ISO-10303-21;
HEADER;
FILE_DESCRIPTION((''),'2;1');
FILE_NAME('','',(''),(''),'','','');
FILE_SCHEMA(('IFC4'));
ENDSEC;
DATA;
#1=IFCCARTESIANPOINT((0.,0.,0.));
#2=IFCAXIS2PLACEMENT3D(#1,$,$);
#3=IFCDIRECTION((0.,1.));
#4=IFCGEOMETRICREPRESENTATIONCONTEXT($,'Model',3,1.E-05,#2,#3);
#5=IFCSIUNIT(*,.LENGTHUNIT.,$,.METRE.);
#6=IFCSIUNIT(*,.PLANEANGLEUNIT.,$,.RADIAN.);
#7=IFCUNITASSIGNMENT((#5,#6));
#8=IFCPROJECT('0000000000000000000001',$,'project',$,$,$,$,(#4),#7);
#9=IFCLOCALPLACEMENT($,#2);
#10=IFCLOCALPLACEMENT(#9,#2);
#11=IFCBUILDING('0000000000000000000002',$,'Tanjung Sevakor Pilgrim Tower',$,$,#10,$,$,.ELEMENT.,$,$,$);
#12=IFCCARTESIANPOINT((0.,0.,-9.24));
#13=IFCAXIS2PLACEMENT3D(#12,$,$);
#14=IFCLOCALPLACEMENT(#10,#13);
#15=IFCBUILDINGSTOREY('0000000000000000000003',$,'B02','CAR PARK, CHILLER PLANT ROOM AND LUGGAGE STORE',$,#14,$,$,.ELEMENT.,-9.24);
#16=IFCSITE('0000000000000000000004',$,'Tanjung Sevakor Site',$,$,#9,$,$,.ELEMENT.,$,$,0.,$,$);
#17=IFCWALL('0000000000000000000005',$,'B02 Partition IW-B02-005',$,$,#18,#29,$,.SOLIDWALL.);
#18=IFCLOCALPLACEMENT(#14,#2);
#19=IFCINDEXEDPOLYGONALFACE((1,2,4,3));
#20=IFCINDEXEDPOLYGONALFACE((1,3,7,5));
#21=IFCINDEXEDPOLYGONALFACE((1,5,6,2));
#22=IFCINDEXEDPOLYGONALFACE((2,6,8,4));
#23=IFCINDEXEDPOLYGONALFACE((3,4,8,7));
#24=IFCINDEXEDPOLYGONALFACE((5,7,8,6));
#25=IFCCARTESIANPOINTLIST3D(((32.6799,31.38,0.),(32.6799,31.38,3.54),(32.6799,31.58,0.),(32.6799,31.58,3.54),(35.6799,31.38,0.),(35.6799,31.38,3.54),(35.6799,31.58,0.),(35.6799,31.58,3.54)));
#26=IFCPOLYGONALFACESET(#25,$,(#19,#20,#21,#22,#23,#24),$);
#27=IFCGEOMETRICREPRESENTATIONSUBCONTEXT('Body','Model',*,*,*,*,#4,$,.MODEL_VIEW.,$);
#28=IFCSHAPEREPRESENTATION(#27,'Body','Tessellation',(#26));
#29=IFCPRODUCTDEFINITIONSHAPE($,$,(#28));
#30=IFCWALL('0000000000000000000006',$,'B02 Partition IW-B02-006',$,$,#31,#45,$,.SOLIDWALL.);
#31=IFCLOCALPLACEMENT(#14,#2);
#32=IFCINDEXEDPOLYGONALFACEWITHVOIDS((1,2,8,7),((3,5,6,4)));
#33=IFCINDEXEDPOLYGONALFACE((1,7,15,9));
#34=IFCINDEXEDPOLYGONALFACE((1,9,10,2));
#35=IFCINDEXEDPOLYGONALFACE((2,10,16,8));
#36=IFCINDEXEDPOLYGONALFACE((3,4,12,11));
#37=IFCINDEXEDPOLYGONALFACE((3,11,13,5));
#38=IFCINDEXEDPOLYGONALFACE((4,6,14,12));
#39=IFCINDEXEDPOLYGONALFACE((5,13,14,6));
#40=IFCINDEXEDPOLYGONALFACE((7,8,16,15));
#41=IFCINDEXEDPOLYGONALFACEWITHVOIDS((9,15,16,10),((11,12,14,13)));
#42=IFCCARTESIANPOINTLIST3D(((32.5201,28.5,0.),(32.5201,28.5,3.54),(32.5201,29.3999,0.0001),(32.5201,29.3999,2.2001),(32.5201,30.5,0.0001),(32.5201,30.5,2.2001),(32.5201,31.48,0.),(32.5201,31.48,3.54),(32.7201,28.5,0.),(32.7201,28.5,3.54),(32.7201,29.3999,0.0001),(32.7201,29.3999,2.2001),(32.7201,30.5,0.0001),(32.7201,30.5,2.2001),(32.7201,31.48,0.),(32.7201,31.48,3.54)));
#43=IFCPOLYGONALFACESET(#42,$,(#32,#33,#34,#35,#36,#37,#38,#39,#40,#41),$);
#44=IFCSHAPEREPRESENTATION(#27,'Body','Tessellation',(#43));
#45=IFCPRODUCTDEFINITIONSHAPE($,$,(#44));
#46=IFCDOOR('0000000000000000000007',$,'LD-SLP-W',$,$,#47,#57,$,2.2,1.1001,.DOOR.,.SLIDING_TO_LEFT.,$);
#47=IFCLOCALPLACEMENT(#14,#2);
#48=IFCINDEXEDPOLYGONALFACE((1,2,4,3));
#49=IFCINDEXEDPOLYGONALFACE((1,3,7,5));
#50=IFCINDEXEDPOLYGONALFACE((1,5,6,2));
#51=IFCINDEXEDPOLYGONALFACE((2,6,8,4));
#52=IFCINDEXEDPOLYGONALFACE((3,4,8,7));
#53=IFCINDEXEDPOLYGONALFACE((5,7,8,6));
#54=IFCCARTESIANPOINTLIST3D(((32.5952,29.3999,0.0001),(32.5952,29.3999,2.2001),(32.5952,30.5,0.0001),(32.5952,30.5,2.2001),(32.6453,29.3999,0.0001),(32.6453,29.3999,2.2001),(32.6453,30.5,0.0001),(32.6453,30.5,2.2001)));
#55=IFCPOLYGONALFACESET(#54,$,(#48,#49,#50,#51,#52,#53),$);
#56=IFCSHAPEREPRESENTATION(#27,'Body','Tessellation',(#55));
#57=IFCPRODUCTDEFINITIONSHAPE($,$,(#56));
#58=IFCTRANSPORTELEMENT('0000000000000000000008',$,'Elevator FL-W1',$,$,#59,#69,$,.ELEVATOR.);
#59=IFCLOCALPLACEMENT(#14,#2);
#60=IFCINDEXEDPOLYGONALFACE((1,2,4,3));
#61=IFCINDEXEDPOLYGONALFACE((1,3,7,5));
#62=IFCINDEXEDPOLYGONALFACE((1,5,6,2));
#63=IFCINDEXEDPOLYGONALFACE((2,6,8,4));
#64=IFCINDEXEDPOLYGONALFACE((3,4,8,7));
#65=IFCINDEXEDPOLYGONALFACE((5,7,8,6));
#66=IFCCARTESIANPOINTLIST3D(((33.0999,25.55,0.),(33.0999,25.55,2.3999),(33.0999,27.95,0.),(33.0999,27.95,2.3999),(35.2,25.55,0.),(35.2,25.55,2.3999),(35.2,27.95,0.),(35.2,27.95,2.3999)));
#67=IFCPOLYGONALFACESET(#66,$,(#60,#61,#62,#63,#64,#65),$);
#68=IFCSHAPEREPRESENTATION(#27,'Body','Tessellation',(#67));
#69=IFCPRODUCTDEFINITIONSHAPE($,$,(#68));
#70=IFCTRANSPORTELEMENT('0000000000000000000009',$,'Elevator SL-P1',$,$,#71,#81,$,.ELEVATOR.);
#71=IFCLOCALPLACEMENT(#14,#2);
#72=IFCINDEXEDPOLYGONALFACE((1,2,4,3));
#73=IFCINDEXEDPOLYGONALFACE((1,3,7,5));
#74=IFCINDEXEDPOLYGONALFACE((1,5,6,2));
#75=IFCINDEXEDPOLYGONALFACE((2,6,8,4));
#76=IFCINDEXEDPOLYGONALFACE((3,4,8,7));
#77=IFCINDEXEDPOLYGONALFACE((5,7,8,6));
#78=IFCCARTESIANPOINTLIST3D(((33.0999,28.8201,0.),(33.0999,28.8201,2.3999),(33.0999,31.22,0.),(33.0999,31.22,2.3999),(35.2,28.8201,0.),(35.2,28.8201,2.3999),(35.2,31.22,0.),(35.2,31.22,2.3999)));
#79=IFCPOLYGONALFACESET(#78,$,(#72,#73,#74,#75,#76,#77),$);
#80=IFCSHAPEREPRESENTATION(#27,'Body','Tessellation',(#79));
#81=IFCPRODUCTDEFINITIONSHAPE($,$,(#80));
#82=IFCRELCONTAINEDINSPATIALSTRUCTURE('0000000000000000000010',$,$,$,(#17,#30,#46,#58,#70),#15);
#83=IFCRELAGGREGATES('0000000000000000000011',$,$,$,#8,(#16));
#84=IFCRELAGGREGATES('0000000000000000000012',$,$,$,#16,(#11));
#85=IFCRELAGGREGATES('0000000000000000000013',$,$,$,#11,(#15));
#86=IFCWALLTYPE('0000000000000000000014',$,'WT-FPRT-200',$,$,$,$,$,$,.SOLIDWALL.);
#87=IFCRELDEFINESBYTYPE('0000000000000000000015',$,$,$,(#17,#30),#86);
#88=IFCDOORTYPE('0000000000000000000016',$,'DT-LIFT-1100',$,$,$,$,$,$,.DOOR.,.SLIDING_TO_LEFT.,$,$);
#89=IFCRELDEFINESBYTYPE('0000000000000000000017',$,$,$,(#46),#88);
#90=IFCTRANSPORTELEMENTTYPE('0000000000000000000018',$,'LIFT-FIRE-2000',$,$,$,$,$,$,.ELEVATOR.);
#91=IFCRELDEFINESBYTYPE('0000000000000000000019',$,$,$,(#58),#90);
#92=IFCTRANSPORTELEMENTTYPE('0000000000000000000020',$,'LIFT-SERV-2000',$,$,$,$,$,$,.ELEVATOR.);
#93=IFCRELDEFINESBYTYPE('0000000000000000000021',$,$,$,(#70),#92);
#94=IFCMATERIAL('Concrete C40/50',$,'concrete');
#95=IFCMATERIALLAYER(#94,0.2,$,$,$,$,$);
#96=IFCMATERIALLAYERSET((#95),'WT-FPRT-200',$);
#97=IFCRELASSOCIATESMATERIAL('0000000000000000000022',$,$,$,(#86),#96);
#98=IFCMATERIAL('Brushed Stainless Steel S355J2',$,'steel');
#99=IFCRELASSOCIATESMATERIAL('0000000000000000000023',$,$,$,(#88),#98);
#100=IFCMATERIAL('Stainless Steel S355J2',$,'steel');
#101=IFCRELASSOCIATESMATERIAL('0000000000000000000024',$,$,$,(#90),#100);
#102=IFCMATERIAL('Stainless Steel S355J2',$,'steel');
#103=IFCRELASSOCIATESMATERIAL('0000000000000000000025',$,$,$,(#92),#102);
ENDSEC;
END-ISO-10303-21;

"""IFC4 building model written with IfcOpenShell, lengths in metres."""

from ifc_helpers import new_model, si_unit, direction, frame, frame_2d, origin, origin_2d, place, context, subcontext, project, spatial, rectangle, extrude, material, layer, layer_set, type_object, element, fill, save


model = new_model("IFC4")

# Units and contexts
model_context = context("Model", 3, precision=1e-05, world=origin(), true_north=direction((0.0, 1.0)))
body_context = subcontext(model_context, "Body", "Model", "MODEL_VIEW")
ifc_project = project(units=[si_unit("LENGTHUNIT", "METRE"), si_unit("PLANEANGLEUNIT", "RADIAN")], contexts=[model_context])

# Site, building, storey
site_placement = place(None, origin())
site = spatial("IfcSite", under=ifc_project, at=site_placement, Name="Tanjung Sevakor Site", CompositionType="ELEMENT", RefElevation=0.0)
building_placement = place(site_placement, origin())
building = spatial("IfcBuilding", under=site, at=building_placement, Name="Tanjung Sevakor Pilgrim Tower", CompositionType="ELEMENT")
storey_placement = place(building_placement, frame((0.0, 0.0, -9.24)))
storey = spatial("IfcBuildingStorey", under=building, at=storey_placement, Name="B02", Description="CAR PARK, CHILLER PLANT ROOM AND LUGGAGE STORE", CompositionType="ELEMENT", Elevation=-9.24)

# Wall
ifc_material_1 = material(Name="Concrete C40/50", Category="concrete")
ifc_layer_1 = layer(ifc_material_1, 0.2)
ifc_layer_set_1 = layer_set([ifc_layer_1], Name="WT-FPRT-200")
wall_type_1 = type_object("IfcWallType", Name="WT-FPRT-200", PredefinedType="SOLIDWALL", material=ifc_layer_set_1)
wall_1_placement = place(storey_placement, frame((32.6799, 31.48, 0.0), z_axis=(0.0, 0.0, 1.0), x_axis=(1.0, 0.0, 0.0)))
element("IfcWall", 1, at=wall_1_placement, inside=storey, type_object=wall_type_1, Name="B02 Partition IW-B02-005", PredefinedType="SOLIDWALL", context=body_context, shape_type="SweptSolid", body=[
    extrude(rectangle(XDim=3.0, YDim=0.2, at=frame_2d((1.5, 0.0))), origin(), (0.0, 0.0, 1.0), 3.54),
])

# Wall, opening, door
wall_2_placement = place(storey_placement, frame((32.6201, 28.5, 0.0), z_axis=(0.0, 0.0, 1.0), x_axis=(0.0, 1.0, 0.0)))
wall_2 = element("IfcWall", 2, at=wall_2_placement, inside=storey, type_object=wall_type_1, Name="B02 Partition IW-B02-006", PredefinedType="SOLIDWALL", context=body_context, shape_type="SweptSolid", body=[
    extrude(rectangle(XDim=2.98, YDim=0.2, at=frame_2d((1.49, 0.0))), origin(), (0.0, 0.0, 1.0), 3.54),
])
opening_1_placement = place(wall_2_placement, frame((0.8999, 0.0, 0.0)))
opening_1 = element("IfcOpeningElement", 3, at=opening_1_placement, cuts=wall_2, PredefinedType="OPENING", context=body_context, shape_type="SweptSolid", body=[
    extrude(rectangle(XDim=1.1001, YDim=2.2, at=frame_2d((0.55, 1.1001))), frame((0.0, 0.1099, 0.0), z_axis=(0.0, -1.0, 0.0), x_axis=(1.0, 0.0, 0.0)), (0.0, 0.0, 1.0), 0.22),
])
ifc_material_2 = material(Name="Brushed Stainless Steel S355J2", Category="steel")
door_type_1 = type_object("IfcDoorType", Name="DT-LIFT-1100", OperationType="SLIDING_TO_LEFT", PredefinedType="DOOR", material=ifc_material_2)
door_1_placement = place(opening_1_placement, origin())
door_1 = element("IfcDoor", 4, at=door_1_placement, inside=storey, type_object=door_type_1, Name="LD-SLP-W", OperationType="SLIDING_TO_LEFT", OverallHeight=2.2, OverallWidth=1.1001, PredefinedType="DOOR", context=body_context, shape_type="SweptSolid", body=[
    extrude(rectangle(XDim=1.1001, YDim=2.2, at=frame_2d((0.55, 1.1001))), frame((0.0, 0.0249, 0.0), z_axis=(0.0, -1.0, 0.0), x_axis=(1.0, 0.0, 0.0)), (0.0, 0.0, 1.0), 0.05),
])
fill(opening_1, door_1)

# Transport elements
ifc_material_3 = material(Name="Stainless Steel S355J2", Category="steel")
transport_element_type_1 = type_object("IfcTransportElementType", Name="LIFT-FIRE-2000", PredefinedType="ELEVATOR", material=ifc_material_3)
transport_element_1_placement = place(storey_placement, frame((34.1499, 26.75, 0.0), z_axis=(0.0, 0.0, 1.0), x_axis=(1.0, 0.0, 0.0)))
element("IfcTransportElement", 5, at=transport_element_1_placement, inside=storey, type_object=transport_element_type_1, Name="Elevator FL-W1", PredefinedType="ELEVATOR", context=body_context, shape_type="SweptSolid", body=[
    extrude(rectangle(XDim=2.1001, YDim=2.3999, at=origin_2d()), origin(), (0.0, 0.0, 1.0), 2.3999),
])
ifc_material_4 = material(Name="Stainless Steel S355J2", Category="steel")
transport_element_type_2 = type_object("IfcTransportElementType", Name="LIFT-SERV-2000", PredefinedType="ELEVATOR", material=ifc_material_4)
transport_element_2_placement = place(storey_placement, frame((34.1499, 30.02, 0.0), z_axis=(0.0, 0.0, 1.0), x_axis=(1.0, 0.0, 0.0)))
element("IfcTransportElement", 6, at=transport_element_2_placement, inside=storey, type_object=transport_element_type_2, Name="Elevator SL-P1", PredefinedType="ELEVATOR", context=body_context, shape_type="SweptSolid", body=[
    extrude(rectangle(XDim=2.1001, YDim=2.3999, at=origin_2d()), origin(), (0.0, 0.0, 1.0), 2.3999),
])

save(model, "model.ifc")
